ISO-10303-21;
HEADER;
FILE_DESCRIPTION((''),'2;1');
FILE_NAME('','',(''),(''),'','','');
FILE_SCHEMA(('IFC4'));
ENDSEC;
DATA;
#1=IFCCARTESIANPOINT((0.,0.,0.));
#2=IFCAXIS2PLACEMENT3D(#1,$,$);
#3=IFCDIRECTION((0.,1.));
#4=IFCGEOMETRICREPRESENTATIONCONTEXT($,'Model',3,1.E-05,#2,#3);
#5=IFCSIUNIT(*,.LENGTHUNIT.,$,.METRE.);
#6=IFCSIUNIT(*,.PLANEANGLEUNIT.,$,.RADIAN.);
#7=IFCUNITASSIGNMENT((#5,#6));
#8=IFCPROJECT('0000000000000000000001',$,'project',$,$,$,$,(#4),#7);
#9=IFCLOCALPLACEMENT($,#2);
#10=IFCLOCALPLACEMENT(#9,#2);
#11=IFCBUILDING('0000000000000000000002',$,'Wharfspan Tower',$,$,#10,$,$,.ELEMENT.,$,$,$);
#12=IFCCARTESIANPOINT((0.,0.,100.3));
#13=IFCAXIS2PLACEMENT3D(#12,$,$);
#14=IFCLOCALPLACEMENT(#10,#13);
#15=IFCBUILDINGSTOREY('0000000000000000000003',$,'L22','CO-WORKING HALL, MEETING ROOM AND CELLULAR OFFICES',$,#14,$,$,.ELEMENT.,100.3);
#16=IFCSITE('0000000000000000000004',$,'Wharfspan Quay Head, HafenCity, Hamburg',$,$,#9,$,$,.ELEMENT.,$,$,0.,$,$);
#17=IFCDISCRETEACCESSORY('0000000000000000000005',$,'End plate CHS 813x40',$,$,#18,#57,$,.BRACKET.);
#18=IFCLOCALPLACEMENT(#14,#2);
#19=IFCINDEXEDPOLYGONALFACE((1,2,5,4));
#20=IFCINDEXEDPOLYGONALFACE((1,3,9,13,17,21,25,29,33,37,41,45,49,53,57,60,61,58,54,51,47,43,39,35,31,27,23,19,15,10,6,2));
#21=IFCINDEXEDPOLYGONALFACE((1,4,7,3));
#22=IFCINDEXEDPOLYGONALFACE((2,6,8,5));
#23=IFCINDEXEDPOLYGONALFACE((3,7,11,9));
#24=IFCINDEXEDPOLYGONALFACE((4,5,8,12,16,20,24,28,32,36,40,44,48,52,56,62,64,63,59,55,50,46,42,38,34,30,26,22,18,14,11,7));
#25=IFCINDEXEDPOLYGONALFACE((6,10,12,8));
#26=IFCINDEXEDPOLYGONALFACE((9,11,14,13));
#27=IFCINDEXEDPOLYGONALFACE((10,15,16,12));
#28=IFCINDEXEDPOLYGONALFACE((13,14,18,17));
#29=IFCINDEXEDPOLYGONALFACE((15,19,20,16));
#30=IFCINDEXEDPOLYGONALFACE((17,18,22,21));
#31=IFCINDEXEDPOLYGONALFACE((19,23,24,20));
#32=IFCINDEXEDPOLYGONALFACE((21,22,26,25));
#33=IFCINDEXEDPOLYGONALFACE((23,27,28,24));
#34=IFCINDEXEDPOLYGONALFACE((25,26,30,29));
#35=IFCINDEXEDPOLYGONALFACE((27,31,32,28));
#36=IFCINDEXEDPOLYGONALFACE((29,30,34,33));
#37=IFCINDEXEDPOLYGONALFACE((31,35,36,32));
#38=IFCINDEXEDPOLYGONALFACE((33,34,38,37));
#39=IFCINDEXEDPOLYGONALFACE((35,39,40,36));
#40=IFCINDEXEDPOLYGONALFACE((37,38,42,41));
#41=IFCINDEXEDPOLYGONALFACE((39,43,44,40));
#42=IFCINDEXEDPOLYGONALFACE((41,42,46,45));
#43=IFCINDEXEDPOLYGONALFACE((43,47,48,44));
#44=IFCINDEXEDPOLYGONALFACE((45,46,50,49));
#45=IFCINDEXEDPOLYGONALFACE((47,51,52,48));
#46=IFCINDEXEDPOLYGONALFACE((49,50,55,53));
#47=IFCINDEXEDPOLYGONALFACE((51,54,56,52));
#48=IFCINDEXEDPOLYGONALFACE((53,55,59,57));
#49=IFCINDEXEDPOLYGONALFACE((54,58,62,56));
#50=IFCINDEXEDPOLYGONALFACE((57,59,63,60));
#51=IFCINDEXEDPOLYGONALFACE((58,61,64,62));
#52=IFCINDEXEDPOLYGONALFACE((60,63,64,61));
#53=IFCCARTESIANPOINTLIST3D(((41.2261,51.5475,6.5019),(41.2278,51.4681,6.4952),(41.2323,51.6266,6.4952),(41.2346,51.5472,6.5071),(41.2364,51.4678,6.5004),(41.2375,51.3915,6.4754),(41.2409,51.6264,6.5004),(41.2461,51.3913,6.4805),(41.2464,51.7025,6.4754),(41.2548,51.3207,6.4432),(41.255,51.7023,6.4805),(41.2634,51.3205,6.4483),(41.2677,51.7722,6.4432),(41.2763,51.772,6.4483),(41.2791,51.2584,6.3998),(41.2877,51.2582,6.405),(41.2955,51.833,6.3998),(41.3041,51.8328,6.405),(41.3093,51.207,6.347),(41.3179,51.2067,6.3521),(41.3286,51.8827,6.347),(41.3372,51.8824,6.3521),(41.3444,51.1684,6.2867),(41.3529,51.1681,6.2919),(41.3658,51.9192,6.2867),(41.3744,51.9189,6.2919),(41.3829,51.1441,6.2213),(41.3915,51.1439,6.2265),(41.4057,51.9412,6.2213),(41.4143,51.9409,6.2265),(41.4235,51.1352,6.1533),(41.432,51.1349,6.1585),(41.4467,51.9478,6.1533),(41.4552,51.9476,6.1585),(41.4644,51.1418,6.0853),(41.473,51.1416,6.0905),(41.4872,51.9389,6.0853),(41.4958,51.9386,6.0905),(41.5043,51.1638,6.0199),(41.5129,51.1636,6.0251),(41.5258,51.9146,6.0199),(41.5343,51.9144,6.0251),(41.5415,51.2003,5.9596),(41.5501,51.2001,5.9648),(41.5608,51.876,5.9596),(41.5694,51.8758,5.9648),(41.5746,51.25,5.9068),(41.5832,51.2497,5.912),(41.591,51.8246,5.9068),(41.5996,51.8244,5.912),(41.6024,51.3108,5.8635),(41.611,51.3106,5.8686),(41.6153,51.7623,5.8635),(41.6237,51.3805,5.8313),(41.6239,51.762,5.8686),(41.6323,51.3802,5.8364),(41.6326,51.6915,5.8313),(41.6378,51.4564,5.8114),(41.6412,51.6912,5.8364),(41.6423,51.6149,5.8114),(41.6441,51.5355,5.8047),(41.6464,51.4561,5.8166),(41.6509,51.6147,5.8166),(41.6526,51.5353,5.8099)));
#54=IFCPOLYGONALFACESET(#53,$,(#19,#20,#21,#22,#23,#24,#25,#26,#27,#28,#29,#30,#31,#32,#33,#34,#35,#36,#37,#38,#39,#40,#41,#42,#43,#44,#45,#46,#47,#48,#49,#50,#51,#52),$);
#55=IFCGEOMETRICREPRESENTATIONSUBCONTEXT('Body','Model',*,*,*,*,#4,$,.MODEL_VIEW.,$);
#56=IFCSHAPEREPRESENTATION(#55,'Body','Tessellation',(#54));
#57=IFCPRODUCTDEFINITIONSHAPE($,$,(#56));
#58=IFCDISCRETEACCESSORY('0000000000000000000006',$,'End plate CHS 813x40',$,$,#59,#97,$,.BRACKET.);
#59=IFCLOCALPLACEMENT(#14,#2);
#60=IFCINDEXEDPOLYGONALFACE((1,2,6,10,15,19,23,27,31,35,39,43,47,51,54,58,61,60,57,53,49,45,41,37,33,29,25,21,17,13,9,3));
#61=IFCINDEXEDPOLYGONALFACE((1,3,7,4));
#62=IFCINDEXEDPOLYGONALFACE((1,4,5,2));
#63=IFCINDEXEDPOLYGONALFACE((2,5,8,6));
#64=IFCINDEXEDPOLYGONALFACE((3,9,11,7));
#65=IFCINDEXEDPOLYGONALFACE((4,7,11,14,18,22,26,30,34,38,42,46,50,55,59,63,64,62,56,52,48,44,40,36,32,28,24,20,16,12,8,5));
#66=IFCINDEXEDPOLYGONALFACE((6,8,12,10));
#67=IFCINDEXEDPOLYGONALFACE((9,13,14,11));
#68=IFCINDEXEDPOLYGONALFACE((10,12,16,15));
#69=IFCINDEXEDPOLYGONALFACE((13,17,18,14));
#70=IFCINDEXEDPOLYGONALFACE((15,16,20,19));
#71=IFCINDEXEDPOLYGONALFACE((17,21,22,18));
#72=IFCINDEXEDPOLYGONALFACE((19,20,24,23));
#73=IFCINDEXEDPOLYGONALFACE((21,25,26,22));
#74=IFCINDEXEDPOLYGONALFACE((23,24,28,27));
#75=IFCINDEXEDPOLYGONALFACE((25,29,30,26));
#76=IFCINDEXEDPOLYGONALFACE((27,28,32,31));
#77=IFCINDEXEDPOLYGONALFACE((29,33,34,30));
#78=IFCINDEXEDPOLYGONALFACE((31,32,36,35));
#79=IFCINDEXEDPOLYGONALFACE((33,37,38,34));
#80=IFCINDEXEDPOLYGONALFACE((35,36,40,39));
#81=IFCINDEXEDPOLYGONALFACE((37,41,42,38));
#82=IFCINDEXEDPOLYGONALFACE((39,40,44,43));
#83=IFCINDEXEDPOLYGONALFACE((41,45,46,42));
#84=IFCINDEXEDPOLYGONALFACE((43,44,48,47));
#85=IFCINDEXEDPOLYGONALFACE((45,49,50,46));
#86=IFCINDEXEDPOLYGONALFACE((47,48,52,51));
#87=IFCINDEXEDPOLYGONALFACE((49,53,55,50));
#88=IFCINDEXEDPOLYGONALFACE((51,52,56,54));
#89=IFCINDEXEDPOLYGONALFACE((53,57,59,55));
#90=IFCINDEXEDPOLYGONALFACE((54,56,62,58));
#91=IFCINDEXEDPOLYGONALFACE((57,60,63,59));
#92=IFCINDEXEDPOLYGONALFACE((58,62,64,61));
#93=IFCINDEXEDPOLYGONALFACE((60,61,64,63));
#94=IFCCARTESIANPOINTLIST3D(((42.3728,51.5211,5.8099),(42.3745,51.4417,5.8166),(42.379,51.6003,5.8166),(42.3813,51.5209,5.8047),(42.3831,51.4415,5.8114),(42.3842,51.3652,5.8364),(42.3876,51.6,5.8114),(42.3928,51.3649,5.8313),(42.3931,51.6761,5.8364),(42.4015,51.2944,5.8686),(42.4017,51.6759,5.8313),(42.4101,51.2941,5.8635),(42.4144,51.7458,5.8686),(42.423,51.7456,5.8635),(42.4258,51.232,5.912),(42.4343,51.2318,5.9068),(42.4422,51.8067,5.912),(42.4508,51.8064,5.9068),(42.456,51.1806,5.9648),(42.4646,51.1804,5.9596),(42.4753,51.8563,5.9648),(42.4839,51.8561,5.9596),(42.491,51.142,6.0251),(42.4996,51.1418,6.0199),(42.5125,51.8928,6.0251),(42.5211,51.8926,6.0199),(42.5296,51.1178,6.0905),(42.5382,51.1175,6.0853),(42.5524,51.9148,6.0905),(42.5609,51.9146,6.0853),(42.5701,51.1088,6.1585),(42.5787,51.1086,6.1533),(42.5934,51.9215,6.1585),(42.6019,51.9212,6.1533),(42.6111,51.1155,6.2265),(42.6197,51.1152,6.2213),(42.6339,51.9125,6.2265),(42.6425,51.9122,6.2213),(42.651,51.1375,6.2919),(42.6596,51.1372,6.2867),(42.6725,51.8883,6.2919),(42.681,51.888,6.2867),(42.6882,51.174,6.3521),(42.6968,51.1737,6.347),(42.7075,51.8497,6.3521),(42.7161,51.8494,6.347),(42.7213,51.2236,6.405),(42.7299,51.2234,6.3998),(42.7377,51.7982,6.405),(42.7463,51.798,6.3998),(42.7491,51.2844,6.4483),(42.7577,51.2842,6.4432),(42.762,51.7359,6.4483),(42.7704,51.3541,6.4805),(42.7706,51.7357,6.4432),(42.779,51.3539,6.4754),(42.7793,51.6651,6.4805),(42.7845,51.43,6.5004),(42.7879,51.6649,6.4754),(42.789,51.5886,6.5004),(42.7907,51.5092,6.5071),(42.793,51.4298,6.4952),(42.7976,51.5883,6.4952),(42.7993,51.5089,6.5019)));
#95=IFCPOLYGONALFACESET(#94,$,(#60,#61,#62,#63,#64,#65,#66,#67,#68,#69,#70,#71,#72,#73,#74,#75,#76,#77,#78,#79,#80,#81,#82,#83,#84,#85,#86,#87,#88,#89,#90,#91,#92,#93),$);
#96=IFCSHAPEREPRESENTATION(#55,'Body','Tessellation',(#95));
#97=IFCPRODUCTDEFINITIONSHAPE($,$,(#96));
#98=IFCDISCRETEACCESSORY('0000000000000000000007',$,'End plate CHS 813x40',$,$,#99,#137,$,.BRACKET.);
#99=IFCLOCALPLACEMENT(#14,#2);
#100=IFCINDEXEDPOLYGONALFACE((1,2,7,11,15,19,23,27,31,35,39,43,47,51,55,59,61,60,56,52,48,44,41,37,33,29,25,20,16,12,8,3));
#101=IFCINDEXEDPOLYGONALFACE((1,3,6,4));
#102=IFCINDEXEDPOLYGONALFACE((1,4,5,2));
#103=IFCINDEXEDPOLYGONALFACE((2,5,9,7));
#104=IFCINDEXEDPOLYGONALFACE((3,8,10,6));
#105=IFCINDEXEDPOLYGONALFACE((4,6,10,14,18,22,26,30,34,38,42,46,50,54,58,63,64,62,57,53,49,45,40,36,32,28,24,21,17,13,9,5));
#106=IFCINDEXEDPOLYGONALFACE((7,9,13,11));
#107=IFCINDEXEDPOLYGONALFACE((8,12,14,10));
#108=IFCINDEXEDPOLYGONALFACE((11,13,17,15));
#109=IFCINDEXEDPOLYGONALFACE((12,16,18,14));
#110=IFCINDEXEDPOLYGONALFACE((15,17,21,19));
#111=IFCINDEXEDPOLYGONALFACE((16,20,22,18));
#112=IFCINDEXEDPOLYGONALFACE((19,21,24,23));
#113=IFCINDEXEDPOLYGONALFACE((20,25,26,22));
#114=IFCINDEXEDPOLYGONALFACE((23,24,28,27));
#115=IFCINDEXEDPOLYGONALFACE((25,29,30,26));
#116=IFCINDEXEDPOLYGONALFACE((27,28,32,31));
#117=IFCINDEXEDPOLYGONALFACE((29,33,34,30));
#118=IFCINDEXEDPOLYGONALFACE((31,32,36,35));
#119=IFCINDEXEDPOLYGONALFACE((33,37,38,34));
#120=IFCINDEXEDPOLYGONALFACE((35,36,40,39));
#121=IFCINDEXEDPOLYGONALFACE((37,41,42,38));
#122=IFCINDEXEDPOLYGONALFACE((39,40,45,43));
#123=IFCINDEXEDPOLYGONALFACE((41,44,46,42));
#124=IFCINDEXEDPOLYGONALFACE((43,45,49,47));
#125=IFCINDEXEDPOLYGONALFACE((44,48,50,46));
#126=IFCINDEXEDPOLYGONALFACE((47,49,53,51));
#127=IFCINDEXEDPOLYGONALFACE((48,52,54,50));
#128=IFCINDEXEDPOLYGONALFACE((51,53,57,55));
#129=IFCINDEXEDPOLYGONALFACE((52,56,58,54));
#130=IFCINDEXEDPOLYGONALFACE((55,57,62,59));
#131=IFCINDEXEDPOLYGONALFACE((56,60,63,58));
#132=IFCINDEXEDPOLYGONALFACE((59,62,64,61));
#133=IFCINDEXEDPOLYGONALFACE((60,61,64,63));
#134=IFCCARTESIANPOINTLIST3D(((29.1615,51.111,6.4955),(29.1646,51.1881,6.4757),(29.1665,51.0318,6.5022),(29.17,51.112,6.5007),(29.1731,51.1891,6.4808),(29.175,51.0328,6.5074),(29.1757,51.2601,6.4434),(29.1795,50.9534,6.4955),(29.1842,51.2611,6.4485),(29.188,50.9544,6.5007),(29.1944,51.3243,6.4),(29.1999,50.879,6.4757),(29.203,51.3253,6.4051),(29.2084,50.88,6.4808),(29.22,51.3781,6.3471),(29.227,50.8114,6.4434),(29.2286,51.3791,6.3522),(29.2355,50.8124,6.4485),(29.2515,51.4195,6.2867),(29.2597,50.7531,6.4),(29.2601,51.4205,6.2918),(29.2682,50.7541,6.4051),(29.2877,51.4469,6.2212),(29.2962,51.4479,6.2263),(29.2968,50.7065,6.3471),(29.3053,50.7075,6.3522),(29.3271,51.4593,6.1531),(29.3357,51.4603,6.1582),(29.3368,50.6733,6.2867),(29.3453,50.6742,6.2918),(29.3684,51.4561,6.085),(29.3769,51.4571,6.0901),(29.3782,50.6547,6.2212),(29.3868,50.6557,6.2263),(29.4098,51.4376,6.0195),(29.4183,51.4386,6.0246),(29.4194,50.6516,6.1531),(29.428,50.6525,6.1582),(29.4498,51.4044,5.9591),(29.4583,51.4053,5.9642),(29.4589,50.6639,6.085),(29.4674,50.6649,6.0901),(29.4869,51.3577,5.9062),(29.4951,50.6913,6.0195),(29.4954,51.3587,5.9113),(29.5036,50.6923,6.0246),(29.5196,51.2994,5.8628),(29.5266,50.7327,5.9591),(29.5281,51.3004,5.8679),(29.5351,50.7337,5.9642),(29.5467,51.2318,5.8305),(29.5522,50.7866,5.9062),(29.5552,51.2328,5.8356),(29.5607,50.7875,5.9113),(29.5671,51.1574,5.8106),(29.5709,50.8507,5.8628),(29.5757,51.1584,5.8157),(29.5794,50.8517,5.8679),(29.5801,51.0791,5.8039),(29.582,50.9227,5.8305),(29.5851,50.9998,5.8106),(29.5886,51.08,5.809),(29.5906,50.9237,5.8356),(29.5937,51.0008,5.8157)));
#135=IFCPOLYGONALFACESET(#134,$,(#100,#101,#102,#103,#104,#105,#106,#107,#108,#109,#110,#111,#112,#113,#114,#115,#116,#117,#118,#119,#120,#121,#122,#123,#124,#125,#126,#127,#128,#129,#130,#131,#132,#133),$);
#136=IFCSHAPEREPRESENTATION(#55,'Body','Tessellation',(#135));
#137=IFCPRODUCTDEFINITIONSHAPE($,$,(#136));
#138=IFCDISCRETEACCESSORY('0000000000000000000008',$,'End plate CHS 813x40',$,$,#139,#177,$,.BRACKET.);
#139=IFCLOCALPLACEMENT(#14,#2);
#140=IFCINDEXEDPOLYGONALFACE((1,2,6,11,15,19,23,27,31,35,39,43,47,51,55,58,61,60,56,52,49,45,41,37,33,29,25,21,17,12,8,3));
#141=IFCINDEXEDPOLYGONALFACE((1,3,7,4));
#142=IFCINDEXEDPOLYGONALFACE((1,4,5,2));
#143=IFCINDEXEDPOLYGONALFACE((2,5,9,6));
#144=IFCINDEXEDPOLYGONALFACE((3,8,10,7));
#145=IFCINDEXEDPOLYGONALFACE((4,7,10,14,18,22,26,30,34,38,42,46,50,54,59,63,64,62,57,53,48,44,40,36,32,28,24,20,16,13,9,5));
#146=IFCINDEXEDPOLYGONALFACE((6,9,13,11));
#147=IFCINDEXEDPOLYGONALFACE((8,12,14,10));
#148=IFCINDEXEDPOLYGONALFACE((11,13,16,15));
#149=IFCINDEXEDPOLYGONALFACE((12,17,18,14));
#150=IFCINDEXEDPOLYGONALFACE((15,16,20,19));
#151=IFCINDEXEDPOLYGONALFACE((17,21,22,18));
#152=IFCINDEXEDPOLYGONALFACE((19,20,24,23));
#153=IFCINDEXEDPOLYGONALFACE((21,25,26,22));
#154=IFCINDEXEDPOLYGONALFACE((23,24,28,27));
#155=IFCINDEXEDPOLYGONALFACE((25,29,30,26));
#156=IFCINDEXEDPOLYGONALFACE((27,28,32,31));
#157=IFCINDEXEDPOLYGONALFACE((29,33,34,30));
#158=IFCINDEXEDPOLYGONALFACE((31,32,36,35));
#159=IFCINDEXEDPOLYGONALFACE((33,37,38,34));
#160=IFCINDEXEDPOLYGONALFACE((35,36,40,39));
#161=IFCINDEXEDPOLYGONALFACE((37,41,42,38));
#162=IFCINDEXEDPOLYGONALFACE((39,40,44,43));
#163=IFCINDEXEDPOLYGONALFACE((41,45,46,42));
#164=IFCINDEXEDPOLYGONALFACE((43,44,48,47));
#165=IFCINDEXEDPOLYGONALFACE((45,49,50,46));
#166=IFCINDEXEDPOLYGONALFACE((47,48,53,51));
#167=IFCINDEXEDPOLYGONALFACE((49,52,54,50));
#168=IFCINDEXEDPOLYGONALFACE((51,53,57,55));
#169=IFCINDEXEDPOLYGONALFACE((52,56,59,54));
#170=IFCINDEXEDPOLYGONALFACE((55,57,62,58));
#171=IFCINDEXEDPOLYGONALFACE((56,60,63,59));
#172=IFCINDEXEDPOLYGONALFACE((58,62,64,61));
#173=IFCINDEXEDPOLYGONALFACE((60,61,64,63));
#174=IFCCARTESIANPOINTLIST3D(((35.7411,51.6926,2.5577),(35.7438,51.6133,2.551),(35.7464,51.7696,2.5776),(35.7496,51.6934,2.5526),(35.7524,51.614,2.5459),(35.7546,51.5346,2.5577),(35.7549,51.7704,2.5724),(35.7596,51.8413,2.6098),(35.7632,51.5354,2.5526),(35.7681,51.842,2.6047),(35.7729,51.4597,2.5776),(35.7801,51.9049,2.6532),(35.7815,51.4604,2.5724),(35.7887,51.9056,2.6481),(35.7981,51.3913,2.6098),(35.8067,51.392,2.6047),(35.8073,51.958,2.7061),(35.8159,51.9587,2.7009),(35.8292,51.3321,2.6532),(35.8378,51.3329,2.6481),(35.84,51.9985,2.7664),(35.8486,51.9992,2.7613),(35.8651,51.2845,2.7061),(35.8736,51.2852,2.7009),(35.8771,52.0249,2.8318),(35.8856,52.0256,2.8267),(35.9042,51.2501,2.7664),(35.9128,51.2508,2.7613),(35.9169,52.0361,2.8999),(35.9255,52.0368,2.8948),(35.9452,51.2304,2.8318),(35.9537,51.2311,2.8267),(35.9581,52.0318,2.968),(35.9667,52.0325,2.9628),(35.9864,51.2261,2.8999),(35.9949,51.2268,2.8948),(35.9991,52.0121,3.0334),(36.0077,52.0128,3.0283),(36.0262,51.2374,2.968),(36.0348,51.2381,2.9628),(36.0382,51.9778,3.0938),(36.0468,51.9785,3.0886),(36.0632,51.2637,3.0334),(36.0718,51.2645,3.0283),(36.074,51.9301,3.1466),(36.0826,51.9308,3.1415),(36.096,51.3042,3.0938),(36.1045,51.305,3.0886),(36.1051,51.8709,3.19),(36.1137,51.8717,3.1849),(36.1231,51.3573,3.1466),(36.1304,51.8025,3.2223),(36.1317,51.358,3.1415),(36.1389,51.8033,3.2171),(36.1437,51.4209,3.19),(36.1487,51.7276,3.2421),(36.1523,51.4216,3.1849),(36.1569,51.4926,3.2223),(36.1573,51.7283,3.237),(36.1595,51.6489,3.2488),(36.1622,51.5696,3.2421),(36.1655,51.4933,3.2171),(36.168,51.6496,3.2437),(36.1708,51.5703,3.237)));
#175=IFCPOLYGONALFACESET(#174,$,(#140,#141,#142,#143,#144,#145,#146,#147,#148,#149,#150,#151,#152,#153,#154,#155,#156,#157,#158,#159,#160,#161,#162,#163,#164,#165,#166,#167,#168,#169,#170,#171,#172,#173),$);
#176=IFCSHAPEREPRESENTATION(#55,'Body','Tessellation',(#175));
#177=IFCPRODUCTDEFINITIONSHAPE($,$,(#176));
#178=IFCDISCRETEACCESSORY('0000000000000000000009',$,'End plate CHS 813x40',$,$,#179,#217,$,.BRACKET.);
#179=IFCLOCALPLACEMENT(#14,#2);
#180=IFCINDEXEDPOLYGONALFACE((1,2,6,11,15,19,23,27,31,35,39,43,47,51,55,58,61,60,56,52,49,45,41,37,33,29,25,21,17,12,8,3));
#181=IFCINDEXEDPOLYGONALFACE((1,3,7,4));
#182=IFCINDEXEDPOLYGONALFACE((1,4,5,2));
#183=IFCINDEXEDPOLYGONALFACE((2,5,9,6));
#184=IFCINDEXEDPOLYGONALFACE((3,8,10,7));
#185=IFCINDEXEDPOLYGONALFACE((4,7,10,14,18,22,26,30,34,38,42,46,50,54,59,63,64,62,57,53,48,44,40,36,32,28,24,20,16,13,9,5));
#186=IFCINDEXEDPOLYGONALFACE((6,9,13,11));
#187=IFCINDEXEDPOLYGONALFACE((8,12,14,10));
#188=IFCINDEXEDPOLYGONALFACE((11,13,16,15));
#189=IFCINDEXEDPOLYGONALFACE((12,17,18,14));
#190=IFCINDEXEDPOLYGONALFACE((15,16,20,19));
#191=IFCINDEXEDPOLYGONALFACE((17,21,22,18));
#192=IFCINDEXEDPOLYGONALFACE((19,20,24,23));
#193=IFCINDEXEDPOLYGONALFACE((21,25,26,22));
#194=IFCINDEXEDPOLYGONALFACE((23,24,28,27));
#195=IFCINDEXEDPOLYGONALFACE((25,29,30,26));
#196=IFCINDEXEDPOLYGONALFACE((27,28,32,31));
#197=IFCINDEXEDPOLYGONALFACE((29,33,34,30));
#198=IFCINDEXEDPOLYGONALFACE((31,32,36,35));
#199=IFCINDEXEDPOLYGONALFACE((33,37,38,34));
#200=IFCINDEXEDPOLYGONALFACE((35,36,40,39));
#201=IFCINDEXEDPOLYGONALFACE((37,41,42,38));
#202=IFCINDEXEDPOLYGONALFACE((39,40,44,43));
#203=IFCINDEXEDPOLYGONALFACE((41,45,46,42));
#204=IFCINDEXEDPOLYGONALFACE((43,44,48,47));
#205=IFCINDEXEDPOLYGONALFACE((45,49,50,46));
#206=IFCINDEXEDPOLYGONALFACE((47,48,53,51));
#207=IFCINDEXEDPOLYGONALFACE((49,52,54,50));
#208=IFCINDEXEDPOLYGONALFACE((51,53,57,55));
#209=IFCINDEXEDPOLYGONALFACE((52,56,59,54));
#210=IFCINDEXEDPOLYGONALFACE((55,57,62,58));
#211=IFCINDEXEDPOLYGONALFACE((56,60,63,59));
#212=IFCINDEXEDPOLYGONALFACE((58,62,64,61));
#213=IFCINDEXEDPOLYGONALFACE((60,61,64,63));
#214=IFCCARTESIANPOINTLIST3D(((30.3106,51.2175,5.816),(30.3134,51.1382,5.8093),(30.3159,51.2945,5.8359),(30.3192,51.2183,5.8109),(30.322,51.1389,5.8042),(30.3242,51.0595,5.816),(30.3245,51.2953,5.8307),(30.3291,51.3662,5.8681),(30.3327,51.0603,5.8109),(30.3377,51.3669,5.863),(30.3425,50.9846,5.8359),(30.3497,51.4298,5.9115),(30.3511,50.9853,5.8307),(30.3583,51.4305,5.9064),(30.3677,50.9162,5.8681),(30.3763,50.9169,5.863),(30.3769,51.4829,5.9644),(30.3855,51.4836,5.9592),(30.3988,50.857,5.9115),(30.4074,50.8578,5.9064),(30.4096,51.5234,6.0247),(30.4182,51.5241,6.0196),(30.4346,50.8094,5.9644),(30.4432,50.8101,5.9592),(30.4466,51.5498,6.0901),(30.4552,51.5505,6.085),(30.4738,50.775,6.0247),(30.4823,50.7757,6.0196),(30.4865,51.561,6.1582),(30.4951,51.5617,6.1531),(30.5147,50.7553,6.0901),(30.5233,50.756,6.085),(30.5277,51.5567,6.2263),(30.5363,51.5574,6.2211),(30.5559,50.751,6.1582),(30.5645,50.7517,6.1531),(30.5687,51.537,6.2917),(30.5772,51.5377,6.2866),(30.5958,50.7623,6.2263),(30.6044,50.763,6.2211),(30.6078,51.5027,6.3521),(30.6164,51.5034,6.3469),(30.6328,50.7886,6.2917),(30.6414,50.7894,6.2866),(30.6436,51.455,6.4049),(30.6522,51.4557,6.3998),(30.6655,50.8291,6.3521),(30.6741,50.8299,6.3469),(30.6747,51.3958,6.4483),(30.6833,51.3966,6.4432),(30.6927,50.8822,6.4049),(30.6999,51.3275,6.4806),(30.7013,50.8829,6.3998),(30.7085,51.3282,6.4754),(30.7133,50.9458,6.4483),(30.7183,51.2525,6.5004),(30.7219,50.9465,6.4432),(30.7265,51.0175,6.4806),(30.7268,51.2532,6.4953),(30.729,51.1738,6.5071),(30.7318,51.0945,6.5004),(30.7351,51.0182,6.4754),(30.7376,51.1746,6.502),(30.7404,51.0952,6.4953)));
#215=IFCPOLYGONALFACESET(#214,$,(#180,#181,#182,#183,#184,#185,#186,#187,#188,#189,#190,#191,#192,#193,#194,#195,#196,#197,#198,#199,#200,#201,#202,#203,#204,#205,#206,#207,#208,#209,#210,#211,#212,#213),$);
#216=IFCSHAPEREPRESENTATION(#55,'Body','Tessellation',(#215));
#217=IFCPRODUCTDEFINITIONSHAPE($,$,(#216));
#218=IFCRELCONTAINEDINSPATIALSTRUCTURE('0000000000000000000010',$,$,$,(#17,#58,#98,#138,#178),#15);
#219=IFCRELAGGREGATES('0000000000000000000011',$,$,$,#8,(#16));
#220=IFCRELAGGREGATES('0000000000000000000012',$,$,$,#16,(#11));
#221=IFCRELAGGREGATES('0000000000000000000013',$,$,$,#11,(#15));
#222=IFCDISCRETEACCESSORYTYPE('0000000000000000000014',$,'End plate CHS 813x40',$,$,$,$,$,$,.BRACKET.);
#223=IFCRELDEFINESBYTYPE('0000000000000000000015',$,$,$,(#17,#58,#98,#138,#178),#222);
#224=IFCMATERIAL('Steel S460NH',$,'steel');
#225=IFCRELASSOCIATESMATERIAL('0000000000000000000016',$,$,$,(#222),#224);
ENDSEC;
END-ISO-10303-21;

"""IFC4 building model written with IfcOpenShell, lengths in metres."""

from ifc_helpers import new_model, si_unit, direction, frame, origin, origin_2d, place, context, subcontext, project, spatial, circle, extrude, material, material_profile, profile_set, type_object, element, save


model = new_model("IFC4")

# Units and contexts
model_context = context("Model", 3, precision=1e-05, world=origin(), true_north=direction((0.0, 1.0)))
body_context = subcontext(model_context, "Body", "Model", "MODEL_VIEW")
ifc_project = project(units=[si_unit("LENGTHUNIT", "METRE"), si_unit("PLANEANGLEUNIT", "RADIAN")], contexts=[model_context])

# Site, building, storey
site_placement = place(None, origin())
site = spatial("IfcSite", under=ifc_project, at=site_placement, Name="Wharfspan Quay Head, HafenCity, Hamburg", CompositionType="ELEMENT", RefElevation=0.0)
building_placement = place(site_placement, origin())
building = spatial("IfcBuilding", under=site, at=building_placement, Name="Wharfspan Tower", CompositionType="ELEMENT")
storey_placement = place(building_placement, frame((0.0, 0.0, 100.3)))
storey = spatial("IfcBuildingStorey", under=building, at=storey_placement, Name="L22", Description="CO-WORKING HALL, MEETING ROOM AND CELLULAR OFFICES", CompositionType="ELEMENT", Elevation=100.3)

# Shared definitions
ifc_material_1 = material(Name="Steel S460NH", Category="steel")

# Discrete accessories
ifc_material_profile_1 = material_profile(ifc_material_1, circle(Radius=0.4065, at=origin_2d()))
ifc_profile_set_1 = profile_set([ifc_material_profile_1], Name="Steel S460NH")
discrete_accessory_type = type_object("IfcDiscreteAccessoryType", Name="End plate CHS 813x40", PredefinedType="BRACKET", material=ifc_profile_set_1)
for number, where, z_axis, x_axis, name in (
    (1, (41.4351, 51.5415, 6.1533), (0.857236, -0.024492, 0.514341), (0.028558, 0.999591, 0.000002), "End plate CHS 813x40"),
    (2, (42.5903, 51.5149, 6.1533), (-0.857236, 0.024492, 0.514341), (-0.028558, -0.999591, 0.000002), "End plate CHS 813x40"),
    (3, (29.3733, 51.0554, 6.1531), (0.853405, 0.097532, 0.512043), (-0.113547, 0.993531, 0.000001), "End plate CHS 813x40"),
    (4, (35.9602, 51.6318, 2.8948), (-0.855186, -0.073302, 0.513112), (0.085402, -0.996345, 0.000001), "End plate CHS 813x40"),
    (5, (30.5298, 51.1567, 6.1531), (-0.855186, -0.073302, 0.513112), (0.085402, -0.996345, 0.000001), "End plate CHS 813x40"),
):
    element("IfcDiscreteAccessory", number, at=place(storey_placement, frame(where, z_axis=z_axis, x_axis=x_axis)), inside=storey, type_object=discrete_accessory_type, Name=name, PredefinedType="BRACKET", context=body_context, shape_type="SweptSolid", body=[
        extrude(circle(Radius=0.4065, at=origin_2d()), origin(), (0.0, 0.0, 1.0), 0.01),
    ])

save(model, "model.ifc")
